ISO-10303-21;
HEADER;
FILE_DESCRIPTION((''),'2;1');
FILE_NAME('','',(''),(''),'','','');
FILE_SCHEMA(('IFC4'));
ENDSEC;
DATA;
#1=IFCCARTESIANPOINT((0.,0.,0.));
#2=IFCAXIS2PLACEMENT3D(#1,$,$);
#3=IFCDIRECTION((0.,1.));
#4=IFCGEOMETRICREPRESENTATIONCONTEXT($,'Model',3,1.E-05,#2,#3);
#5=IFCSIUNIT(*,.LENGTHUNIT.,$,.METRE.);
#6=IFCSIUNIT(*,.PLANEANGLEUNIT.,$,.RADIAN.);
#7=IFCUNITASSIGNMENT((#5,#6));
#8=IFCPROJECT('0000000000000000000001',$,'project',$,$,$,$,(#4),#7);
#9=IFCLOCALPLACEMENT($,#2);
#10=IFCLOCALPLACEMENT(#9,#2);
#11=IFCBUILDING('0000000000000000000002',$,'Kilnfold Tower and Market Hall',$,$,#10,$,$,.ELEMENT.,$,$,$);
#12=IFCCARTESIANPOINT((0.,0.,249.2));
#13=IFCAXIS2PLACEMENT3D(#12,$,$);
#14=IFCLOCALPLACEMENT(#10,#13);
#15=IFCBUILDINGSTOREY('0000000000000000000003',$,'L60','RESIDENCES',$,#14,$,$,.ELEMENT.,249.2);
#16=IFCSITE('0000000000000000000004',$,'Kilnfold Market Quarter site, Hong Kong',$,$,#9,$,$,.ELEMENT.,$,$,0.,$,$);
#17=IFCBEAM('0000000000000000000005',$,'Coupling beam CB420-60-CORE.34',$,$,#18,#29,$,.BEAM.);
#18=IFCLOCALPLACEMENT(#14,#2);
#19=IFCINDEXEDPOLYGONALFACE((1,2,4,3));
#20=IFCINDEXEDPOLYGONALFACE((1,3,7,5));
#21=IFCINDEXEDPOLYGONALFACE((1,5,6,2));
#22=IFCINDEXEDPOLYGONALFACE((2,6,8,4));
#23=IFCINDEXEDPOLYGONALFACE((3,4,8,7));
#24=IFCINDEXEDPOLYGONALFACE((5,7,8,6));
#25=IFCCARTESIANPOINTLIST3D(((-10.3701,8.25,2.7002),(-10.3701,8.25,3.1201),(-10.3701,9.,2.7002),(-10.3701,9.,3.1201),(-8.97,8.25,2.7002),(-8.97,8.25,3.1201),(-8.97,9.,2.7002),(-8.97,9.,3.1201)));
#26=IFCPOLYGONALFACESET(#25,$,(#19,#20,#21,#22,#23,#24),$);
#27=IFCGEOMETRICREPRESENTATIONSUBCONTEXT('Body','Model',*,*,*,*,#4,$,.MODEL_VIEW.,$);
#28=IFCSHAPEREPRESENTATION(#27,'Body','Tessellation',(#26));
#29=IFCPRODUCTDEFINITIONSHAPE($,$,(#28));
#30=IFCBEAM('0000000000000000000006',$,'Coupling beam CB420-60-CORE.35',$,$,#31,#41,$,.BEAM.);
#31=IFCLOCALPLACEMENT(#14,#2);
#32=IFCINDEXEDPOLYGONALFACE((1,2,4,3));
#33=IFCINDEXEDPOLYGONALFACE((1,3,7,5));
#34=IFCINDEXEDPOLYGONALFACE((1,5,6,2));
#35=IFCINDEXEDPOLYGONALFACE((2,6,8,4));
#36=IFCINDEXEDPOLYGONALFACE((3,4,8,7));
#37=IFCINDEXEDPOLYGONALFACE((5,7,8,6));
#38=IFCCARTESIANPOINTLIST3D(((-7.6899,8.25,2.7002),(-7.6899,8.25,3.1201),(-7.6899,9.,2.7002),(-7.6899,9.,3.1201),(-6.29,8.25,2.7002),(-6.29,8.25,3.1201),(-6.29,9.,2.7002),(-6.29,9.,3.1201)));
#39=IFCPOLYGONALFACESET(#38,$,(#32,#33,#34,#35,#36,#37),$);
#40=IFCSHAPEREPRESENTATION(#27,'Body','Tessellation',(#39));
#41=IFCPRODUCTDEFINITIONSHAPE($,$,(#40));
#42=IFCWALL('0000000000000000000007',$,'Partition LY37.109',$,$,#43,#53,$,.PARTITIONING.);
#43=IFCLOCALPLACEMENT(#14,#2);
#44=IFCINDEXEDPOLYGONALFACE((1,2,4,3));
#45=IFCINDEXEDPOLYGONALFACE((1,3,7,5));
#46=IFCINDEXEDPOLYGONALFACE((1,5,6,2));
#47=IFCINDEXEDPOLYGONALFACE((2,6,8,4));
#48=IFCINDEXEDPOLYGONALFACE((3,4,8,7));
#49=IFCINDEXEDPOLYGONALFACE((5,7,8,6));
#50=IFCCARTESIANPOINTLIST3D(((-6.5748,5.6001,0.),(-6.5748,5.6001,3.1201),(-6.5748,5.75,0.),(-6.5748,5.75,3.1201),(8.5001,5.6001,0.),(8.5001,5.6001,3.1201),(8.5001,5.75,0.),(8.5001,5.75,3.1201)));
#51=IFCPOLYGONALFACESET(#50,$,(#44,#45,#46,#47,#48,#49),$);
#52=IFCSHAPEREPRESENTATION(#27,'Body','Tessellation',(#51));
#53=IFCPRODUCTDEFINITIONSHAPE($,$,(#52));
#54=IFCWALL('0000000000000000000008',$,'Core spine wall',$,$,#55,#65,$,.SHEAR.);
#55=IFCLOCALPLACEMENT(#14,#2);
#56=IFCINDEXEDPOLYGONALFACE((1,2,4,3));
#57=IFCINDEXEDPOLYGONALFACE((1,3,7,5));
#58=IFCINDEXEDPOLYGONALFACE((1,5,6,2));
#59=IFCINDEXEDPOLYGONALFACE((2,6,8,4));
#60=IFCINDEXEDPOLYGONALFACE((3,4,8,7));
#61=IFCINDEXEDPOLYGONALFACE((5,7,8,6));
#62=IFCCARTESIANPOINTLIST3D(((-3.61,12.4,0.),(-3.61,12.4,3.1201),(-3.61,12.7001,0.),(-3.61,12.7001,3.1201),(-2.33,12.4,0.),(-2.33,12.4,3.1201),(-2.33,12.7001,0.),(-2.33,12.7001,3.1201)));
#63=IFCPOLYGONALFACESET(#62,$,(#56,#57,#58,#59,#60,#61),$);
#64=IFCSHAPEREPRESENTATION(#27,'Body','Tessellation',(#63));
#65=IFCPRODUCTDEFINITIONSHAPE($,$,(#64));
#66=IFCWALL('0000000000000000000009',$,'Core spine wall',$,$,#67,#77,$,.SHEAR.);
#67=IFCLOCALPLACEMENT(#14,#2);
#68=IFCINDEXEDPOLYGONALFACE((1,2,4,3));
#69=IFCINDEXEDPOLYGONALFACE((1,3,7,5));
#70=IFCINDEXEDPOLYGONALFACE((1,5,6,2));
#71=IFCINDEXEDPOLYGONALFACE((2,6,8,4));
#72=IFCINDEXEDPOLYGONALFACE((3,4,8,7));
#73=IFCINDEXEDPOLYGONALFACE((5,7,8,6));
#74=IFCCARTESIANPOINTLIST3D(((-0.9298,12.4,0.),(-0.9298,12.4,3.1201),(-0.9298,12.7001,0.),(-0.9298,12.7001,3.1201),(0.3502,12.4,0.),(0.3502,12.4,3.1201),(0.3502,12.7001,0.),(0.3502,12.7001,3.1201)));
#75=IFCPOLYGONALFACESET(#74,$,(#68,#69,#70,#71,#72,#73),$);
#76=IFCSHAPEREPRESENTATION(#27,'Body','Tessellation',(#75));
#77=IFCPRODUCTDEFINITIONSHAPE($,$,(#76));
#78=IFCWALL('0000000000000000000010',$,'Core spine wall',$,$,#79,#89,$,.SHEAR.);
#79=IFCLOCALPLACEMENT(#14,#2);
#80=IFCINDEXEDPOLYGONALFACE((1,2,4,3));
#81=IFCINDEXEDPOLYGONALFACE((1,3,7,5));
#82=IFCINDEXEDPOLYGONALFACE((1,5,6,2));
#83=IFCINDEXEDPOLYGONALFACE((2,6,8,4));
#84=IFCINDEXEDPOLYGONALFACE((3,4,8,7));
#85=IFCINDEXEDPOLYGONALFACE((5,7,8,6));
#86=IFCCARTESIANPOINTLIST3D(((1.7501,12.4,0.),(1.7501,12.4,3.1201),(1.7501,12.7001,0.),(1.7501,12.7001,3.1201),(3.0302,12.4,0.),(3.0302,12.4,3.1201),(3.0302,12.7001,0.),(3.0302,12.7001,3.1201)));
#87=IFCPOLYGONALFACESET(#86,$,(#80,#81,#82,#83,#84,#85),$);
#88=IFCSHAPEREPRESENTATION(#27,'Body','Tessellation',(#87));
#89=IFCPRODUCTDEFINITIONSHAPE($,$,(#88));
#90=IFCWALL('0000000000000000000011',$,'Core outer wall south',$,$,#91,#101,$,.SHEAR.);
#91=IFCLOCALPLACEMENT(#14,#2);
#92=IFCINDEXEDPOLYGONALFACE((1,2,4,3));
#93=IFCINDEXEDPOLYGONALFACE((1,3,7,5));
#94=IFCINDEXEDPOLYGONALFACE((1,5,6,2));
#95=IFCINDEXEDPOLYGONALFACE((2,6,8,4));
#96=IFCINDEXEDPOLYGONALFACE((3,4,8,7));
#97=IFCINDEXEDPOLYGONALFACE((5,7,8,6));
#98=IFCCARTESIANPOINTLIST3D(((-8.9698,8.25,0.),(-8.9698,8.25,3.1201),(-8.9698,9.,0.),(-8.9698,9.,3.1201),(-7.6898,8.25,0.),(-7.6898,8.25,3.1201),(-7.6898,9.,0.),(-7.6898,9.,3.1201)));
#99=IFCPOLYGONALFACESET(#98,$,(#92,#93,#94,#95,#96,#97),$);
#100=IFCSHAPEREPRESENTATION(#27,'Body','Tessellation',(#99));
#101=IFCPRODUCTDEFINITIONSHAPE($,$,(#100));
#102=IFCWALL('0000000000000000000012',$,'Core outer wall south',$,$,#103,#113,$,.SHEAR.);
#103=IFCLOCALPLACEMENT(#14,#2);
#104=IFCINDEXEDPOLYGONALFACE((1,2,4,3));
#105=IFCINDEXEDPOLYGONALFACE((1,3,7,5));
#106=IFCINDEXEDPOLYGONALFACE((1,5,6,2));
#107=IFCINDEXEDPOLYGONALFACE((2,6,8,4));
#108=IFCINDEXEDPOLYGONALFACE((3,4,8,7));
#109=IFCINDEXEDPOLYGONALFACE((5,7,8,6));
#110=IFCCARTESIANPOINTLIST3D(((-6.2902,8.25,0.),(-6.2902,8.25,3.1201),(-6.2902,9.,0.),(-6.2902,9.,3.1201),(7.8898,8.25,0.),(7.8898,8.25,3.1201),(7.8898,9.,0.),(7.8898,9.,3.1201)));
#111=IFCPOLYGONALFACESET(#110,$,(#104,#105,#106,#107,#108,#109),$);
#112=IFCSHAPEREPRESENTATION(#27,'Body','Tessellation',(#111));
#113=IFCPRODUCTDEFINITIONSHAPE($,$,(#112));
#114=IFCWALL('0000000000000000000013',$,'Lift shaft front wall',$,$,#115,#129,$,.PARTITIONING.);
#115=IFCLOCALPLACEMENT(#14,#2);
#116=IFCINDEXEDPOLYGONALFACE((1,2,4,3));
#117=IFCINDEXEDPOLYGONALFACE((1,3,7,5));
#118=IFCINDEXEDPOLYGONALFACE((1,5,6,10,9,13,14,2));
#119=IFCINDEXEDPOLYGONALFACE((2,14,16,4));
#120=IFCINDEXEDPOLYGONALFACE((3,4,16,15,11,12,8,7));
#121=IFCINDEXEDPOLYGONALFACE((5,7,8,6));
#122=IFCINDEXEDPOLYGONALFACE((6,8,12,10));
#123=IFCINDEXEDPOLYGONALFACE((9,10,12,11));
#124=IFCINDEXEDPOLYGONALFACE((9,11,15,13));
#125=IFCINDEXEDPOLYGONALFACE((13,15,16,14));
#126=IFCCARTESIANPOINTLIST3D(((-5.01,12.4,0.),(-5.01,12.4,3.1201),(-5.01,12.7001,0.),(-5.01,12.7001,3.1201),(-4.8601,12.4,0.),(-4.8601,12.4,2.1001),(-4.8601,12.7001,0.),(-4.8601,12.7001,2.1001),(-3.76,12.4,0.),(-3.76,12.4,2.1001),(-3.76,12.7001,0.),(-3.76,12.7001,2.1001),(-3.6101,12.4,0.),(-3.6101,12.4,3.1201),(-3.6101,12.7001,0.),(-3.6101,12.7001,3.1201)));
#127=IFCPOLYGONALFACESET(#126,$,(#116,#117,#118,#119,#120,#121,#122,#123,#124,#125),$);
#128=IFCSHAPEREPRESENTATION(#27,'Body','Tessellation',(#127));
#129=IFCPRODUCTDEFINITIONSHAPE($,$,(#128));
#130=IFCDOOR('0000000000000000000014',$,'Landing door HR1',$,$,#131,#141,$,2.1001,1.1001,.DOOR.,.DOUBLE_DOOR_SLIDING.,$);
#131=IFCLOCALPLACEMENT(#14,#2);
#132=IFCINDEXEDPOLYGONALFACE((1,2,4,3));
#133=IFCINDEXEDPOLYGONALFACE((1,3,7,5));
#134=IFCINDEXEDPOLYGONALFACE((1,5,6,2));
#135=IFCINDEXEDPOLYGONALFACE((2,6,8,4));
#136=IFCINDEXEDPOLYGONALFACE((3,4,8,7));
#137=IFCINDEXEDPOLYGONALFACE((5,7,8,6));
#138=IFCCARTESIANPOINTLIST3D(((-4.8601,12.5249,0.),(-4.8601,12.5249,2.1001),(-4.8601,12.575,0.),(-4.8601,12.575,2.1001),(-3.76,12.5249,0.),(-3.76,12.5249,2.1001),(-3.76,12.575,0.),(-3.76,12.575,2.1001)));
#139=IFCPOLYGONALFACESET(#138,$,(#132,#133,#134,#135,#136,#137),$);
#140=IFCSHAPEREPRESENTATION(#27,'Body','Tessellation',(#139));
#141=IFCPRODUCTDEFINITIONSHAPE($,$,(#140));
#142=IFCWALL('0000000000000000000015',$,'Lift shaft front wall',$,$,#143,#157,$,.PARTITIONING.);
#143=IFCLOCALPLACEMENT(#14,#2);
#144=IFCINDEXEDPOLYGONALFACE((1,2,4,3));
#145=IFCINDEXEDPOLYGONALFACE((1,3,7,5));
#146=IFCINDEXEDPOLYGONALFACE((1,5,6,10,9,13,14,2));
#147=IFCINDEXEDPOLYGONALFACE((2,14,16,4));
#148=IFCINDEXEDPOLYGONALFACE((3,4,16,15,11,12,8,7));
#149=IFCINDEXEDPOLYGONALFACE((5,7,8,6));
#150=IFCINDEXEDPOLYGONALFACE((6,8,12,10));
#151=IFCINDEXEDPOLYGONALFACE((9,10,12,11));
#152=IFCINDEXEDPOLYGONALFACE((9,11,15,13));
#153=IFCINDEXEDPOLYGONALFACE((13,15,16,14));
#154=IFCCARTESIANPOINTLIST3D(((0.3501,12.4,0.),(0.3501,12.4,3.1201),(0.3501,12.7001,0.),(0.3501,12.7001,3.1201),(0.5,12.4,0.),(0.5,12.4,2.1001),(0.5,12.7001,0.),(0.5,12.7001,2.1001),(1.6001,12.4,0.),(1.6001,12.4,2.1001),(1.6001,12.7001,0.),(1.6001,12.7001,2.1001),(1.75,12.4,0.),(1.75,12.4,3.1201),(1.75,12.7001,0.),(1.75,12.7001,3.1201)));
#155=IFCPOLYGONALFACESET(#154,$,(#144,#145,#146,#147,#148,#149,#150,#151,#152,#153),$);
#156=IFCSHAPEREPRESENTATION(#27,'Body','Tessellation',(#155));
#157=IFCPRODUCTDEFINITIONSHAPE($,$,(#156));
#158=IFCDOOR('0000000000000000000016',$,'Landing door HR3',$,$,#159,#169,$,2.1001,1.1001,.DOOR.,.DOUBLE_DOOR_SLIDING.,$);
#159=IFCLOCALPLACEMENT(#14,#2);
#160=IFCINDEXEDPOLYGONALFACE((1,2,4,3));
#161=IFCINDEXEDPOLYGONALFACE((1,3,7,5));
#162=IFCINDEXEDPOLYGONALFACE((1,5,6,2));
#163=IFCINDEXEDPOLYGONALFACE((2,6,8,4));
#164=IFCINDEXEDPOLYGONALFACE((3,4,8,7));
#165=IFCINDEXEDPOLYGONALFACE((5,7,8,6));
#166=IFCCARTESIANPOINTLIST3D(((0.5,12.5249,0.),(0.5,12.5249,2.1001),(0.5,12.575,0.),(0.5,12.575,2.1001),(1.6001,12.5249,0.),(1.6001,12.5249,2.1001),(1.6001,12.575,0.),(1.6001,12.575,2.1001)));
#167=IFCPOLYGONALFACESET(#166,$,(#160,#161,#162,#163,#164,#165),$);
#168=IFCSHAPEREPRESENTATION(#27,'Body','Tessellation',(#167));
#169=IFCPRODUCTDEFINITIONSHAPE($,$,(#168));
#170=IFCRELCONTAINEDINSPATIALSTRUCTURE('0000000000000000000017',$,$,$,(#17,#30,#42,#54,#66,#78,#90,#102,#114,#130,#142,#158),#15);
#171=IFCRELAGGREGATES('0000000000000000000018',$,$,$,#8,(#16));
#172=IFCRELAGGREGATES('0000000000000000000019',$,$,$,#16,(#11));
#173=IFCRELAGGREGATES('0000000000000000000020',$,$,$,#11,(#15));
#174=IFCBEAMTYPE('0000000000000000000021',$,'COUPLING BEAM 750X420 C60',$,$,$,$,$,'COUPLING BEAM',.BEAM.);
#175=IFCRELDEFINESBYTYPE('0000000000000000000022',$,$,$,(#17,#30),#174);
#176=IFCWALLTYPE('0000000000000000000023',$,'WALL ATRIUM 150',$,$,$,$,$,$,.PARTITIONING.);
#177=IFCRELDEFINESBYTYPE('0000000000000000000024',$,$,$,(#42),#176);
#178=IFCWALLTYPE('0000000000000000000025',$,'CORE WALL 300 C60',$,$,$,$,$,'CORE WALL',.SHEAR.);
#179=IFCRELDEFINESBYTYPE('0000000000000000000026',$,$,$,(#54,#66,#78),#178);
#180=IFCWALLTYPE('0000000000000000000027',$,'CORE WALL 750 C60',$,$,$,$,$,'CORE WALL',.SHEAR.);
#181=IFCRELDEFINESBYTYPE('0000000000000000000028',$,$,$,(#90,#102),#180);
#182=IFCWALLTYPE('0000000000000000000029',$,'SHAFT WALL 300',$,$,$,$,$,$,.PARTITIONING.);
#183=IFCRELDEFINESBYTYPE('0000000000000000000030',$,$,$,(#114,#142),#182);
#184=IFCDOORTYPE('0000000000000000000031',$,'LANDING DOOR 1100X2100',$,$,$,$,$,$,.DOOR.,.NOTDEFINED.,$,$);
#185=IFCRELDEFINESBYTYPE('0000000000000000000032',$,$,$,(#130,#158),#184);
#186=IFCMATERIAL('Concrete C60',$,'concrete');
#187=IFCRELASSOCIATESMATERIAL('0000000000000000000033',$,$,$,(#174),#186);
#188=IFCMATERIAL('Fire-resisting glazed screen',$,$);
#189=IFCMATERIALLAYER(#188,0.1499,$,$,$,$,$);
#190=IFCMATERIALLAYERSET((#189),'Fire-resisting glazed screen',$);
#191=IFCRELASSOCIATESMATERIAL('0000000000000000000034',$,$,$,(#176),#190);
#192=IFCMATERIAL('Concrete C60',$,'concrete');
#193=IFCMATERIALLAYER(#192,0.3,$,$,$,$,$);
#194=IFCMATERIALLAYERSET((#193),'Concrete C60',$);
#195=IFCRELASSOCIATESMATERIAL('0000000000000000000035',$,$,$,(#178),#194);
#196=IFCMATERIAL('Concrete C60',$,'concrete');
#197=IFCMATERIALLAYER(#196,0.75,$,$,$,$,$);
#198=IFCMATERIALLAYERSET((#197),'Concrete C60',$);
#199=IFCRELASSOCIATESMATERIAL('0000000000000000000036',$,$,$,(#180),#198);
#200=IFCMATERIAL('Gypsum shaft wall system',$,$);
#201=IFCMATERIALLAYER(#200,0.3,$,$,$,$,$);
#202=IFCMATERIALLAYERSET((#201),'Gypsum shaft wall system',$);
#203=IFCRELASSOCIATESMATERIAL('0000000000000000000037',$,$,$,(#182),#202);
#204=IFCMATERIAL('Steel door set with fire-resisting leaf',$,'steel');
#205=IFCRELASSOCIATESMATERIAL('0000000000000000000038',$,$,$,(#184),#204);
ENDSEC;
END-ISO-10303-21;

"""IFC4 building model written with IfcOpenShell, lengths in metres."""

from ifc_helpers import new_model, si_unit, direction, frame, frame_2d, origin, origin_2d, place, context, subcontext, project, spatial, rectangle, extrude, source, transform, mapped, material, layer, layer_set, material_profile, profile_set, type_object, element, fill, save


model = new_model("IFC4")

# Units and contexts
model_context = context("Model", 3, precision=1e-05, world=origin(), true_north=direction((0.0, 1.0)))
body_context = subcontext(model_context, "Body", "Model", "MODEL_VIEW")
ifc_project = project(units=[si_unit("LENGTHUNIT", "METRE"), si_unit("PLANEANGLEUNIT", "RADIAN")], contexts=[model_context])

# Site, building, storey
site_placement = place(None, origin())
site = spatial("IfcSite", under=ifc_project, at=site_placement, Name="Kilnfold Market Quarter site, Hong Kong", CompositionType="ELEMENT", RefElevation=0.0)
building_placement = place(site_placement, origin())
building = spatial("IfcBuilding", under=site, at=building_placement, Name="Kilnfold Tower and Market Hall", CompositionType="ELEMENT")
storey_placement = place(building_placement, frame((0.0, 0.0, 249.2)))
storey = spatial("IfcBuildingStorey", under=building, at=storey_placement, Name="L60", Description="RESIDENCES", CompositionType="ELEMENT", Elevation=249.2)

# Beams
ifc_material_1 = material(Name="Concrete C60", Category="concrete")
ifc_material_profile = material_profile(ifc_material_1, rectangle(XDim=0.75, YDim=0.4199, at=origin_2d()), Name="RC 750x420")
ifc_profile_set = profile_set([ifc_material_profile], Name="Concrete C60")
beam_type = type_object("IfcBeamType", Name="COUPLING BEAM 750X420 C60", ElementType="COUPLING BEAM", PredefinedType="BEAM", material=ifc_profile_set)
shared_shape_1 = source(origin(), body_context, "Body", "SweptSolid", [
    extrude(rectangle(XDim=0.75, YDim=0.4199, at=origin_2d()), origin(), (0.0, 0.0, 1.0), 1.4001),
])
beam_1_placement = place(storey_placement, frame((-10.3701, 8.625, 2.9102), z_axis=(1.0, 0.0, 0.0), x_axis=(0.0, 1.0, 0.0)))
element("IfcBeam", 1, at=beam_1_placement, inside=storey, type_object=beam_type, Name="Coupling beam CB420-60-CORE.34", PredefinedType="BEAM", context=body_context, shape_type="MappedRepresentation", body=[
    mapped(shared_shape_1, transform((0.0, 0.0, 0.0))),
])
shared_shape_2 = source(origin(), body_context, "Body", "SweptSolid", [
    extrude(rectangle(XDim=0.75, YDim=0.4199, at=origin_2d()), origin(), (0.0, 0.0, 1.0), 1.3999),
])
beam_2_placement = place(storey_placement, frame((-7.6899, 8.625, 2.9102), z_axis=(1.0, 0.0, 0.0), x_axis=(0.0, 1.0, 0.0)))
element("IfcBeam", 2, at=beam_2_placement, inside=storey, type_object=beam_type, Name="Coupling beam CB420-60-CORE.35", PredefinedType="BEAM", context=body_context, shape_type="MappedRepresentation", body=[
    mapped(shared_shape_2, transform((0.0, 0.0, 0.0))),
])

# Walls
ifc_material_2 = material(Name="Fire-resisting glazed screen")
ifc_layer_1 = layer(ifc_material_2, 0.1499)
ifc_layer_set_1 = layer_set([ifc_layer_1], Name="Fire-resisting glazed screen")
wall_type_1 = type_object("IfcWallType", Name="WALL ATRIUM 150", PredefinedType="PARTITIONING", material=ifc_layer_set_1)
wall_1_placement = place(storey_placement, frame((-6.575, 5.675, 0.0), z_axis=(0.0, 0.0, 1.0), x_axis=(1.0, 0.0, 0.0)))
element("IfcWall", 3, at=wall_1_placement, inside=storey, type_object=wall_type_1, Name="Partition LY37.109", PredefinedType="PARTITIONING", context=body_context, shape_type="SweptSolid", body=[
    extrude(rectangle(XDim=15.075, YDim=0.1499, at=frame_2d((7.5376, 0.0))), origin(), (0.0, 0.0, 1.0), 3.1201),
])
ifc_material_3 = material(Name="Concrete C60", Category="concrete")
ifc_layer_2 = layer(ifc_material_3, 0.3)
ifc_layer_set_2 = layer_set([ifc_layer_2], Name="Concrete C60")
wall_type_2 = type_object("IfcWallType", Name="CORE WALL 300 C60", ElementType="CORE WALL", PredefinedType="SHEAR", material=ifc_layer_set_2)
shared_shape_3 = source(origin(), body_context, "Body", "SweptSolid", [
    extrude(rectangle(XDim=1.28, YDim=0.3, at=frame_2d((0.6401, 0.0))), origin(), (0.0, 0.0, 1.0), 3.1201),
])
for number, where, z_axis, x_axis, name in (
    (4, (-3.6101, 12.55, 0.0), (0.0, 0.0, 1.0), (1.0, 0.0, 0.0), "Core spine wall"),
    (5, (-0.9299, 12.55, 0.0), (0.0, 0.0, 1.0), (1.0, 0.0, 0.0), "Core spine wall"),
    (6, (1.75, 12.55, 0.0), (0.0, 0.0, 1.0), (1.0, 0.0, 0.0), "Core spine wall"),
):
    element("IfcWall", number, at=place(storey_placement, frame(where, z_axis=z_axis, x_axis=x_axis)), inside=storey, type_object=wall_type_2, Name=name, PredefinedType="SHEAR", context=body_context, shape_type="MappedRepresentation", body=[
        mapped(shared_shape_3, transform((0.0, 0.0, 0.0))),
    ])
ifc_material_4 = material(Name="Concrete C60", Category="concrete")
ifc_layer_3 = layer(ifc_material_4, 0.75)
ifc_layer_set_3 = layer_set([ifc_layer_3], Name="Concrete C60")
wall_type_3 = type_object("IfcWallType", Name="CORE WALL 750 C60", ElementType="CORE WALL", PredefinedType="SHEAR", material=ifc_layer_set_3)
shared_shape_4 = source(origin(), body_context, "Body", "SweptSolid", [
    extrude(rectangle(XDim=1.28, YDim=0.75, at=frame_2d((0.6401, 0.0))), origin(), (0.0, 0.0, 1.0), 3.1201),
])
wall_2_placement = place(storey_placement, frame((-8.97, 8.625, 0.0), z_axis=(0.0, 0.0, 1.0), x_axis=(1.0, 0.0, 0.0)))
element("IfcWall", 7, at=wall_2_placement, inside=storey, type_object=wall_type_3, Name="Core outer wall south", PredefinedType="SHEAR", context=body_context, shape_type="MappedRepresentation", body=[
    mapped(shared_shape_4, transform((0.0, 0.0, 0.0))),
])
shared_shape_5 = source(origin(), body_context, "Body", "SweptSolid", [
    extrude(rectangle(XDim=14.1799, YDim=0.75, at=frame_2d((7.0898, 0.0))), origin(), (0.0, 0.0, 1.0), 3.1201),
])
wall_3_placement = place(storey_placement, frame((-6.29, 8.625, 0.0), z_axis=(0.0, 0.0, 1.0), x_axis=(1.0, 0.0, 0.0)))
element("IfcWall", 8, at=wall_3_placement, inside=storey, type_object=wall_type_3, Name="Core outer wall south", PredefinedType="SHEAR", context=body_context, shape_type="MappedRepresentation", body=[
    mapped(shared_shape_5, transform((0.0, 0.0, 0.0))),
])

# Walls, openings, doors
ifc_material_5 = material(Name="Gypsum shaft wall system")
ifc_layer_4 = layer(ifc_material_5, 0.3)
ifc_layer_set_4 = layer_set([ifc_layer_4], Name="Gypsum shaft wall system")
wall_type_4 = type_object("IfcWallType", Name="SHAFT WALL 300", PredefinedType="PARTITIONING", material=ifc_layer_set_4)
shared_shape_6 = source(origin(), body_context, "Body", "SweptSolid", [
    extrude(rectangle(XDim=1.3999, YDim=0.3, at=frame_2d((0.7, 0.0))), origin(), (0.0, 0.0, 1.0), 3.1201),
])
wall_4_placement = place(storey_placement, frame((-5.01, 12.55, 0.0), z_axis=(0.0, 0.0, 1.0), x_axis=(1.0, 0.0, 0.0)))
wall_4 = element("IfcWall", 9, at=wall_4_placement, inside=storey, type_object=wall_type_4, Name="Lift shaft front wall", PredefinedType="PARTITIONING", context=body_context, shape_type="MappedRepresentation", body=[
    mapped(shared_shape_6, transform((0.0, 0.0, 0.0))),
])
opening_1_placement = place(wall_4_placement, frame((0.1499, 0.0, 0.0)))
opening_1 = element("IfcOpeningElement", 10, at=opening_1_placement, cuts=wall_4, PredefinedType="OPENING", context=body_context, shape_type="SweptSolid", body=[
    extrude(rectangle(XDim=1.1001, YDim=2.1001, at=frame_2d((0.55, 1.05))), frame((0.0, 0.1602, 0.0), z_axis=(0.0, -1.0, 0.0), x_axis=(1.0, 0.0, 0.0)), (0.0, 0.0, 1.0), 0.3201),
])
ifc_material_6 = material(Name="Steel door set with fire-resisting leaf", Category="steel")
door_type_1 = type_object("IfcDoorType", Name="LANDING DOOR 1100X2100", OperationType="NOTDEFINED", PredefinedType="DOOR", material=ifc_material_6)
door_1_placement = place(opening_1_placement, origin())
door_1 = element("IfcDoor", 11, at=door_1_placement, inside=storey, type_object=door_type_1, Name="Landing door HR1", OperationType="DOUBLE_DOOR_SLIDING", OverallHeight=2.1001, OverallWidth=1.1001, PredefinedType="DOOR", context=body_context, shape_type="SweptSolid", body=[
    extrude(rectangle(XDim=1.1001, YDim=2.1001, at=frame_2d((0.55, 1.05))), frame((0.0, 0.0249, 0.0), z_axis=(0.0, -1.0, 0.0), x_axis=(1.0, 0.0, 0.0)), (0.0, 0.0, 1.0), 0.05),
])
fill(opening_1, door_1)
wall_5_placement = place(storey_placement, frame((0.3501, 12.55, 0.0), z_axis=(0.0, 0.0, 1.0), x_axis=(1.0, 0.0, 0.0)))
wall_5 = element("IfcWall", 12, at=wall_5_placement, inside=storey, type_object=wall_type_4, Name="Lift shaft front wall", PredefinedType="PARTITIONING", context=body_context, shape_type="MappedRepresentation", body=[
    mapped(shared_shape_6, transform((0.0, 0.0, 0.0))),
])
opening_2_placement = place(wall_5_placement, frame((0.1499, 0.0, 0.0)))
opening_2 = element("IfcOpeningElement", 13, at=opening_2_placement, cuts=wall_5, PredefinedType="OPENING", context=body_context, shape_type="SweptSolid", body=[
    extrude(rectangle(XDim=1.1001, YDim=2.1001, at=frame_2d((0.55, 1.05))), frame((0.0, 0.1602, 0.0), z_axis=(0.0, -1.0, 0.0), x_axis=(1.0, 0.0, 0.0)), (0.0, 0.0, 1.0), 0.3201),
])
door_2_placement = place(opening_2_placement, origin())
door_2 = element("IfcDoor", 14, at=door_2_placement, inside=storey, type_object=door_type_1, Name="Landing door HR3", OperationType="DOUBLE_DOOR_SLIDING", OverallHeight=2.1001, OverallWidth=1.1001, PredefinedType="DOOR", context=body_context, shape_type="SweptSolid", body=[
    extrude(rectangle(XDim=1.1001, YDim=2.1001, at=frame_2d((0.55, 1.05))), frame((0.0, 0.0249, 0.0), z_axis=(0.0, -1.0, 0.0), x_axis=(1.0, 0.0, 0.0)), (0.0, 0.0, 1.0), 0.05),
])
fill(opening_2, door_2)

save(model, "model.ifc")
